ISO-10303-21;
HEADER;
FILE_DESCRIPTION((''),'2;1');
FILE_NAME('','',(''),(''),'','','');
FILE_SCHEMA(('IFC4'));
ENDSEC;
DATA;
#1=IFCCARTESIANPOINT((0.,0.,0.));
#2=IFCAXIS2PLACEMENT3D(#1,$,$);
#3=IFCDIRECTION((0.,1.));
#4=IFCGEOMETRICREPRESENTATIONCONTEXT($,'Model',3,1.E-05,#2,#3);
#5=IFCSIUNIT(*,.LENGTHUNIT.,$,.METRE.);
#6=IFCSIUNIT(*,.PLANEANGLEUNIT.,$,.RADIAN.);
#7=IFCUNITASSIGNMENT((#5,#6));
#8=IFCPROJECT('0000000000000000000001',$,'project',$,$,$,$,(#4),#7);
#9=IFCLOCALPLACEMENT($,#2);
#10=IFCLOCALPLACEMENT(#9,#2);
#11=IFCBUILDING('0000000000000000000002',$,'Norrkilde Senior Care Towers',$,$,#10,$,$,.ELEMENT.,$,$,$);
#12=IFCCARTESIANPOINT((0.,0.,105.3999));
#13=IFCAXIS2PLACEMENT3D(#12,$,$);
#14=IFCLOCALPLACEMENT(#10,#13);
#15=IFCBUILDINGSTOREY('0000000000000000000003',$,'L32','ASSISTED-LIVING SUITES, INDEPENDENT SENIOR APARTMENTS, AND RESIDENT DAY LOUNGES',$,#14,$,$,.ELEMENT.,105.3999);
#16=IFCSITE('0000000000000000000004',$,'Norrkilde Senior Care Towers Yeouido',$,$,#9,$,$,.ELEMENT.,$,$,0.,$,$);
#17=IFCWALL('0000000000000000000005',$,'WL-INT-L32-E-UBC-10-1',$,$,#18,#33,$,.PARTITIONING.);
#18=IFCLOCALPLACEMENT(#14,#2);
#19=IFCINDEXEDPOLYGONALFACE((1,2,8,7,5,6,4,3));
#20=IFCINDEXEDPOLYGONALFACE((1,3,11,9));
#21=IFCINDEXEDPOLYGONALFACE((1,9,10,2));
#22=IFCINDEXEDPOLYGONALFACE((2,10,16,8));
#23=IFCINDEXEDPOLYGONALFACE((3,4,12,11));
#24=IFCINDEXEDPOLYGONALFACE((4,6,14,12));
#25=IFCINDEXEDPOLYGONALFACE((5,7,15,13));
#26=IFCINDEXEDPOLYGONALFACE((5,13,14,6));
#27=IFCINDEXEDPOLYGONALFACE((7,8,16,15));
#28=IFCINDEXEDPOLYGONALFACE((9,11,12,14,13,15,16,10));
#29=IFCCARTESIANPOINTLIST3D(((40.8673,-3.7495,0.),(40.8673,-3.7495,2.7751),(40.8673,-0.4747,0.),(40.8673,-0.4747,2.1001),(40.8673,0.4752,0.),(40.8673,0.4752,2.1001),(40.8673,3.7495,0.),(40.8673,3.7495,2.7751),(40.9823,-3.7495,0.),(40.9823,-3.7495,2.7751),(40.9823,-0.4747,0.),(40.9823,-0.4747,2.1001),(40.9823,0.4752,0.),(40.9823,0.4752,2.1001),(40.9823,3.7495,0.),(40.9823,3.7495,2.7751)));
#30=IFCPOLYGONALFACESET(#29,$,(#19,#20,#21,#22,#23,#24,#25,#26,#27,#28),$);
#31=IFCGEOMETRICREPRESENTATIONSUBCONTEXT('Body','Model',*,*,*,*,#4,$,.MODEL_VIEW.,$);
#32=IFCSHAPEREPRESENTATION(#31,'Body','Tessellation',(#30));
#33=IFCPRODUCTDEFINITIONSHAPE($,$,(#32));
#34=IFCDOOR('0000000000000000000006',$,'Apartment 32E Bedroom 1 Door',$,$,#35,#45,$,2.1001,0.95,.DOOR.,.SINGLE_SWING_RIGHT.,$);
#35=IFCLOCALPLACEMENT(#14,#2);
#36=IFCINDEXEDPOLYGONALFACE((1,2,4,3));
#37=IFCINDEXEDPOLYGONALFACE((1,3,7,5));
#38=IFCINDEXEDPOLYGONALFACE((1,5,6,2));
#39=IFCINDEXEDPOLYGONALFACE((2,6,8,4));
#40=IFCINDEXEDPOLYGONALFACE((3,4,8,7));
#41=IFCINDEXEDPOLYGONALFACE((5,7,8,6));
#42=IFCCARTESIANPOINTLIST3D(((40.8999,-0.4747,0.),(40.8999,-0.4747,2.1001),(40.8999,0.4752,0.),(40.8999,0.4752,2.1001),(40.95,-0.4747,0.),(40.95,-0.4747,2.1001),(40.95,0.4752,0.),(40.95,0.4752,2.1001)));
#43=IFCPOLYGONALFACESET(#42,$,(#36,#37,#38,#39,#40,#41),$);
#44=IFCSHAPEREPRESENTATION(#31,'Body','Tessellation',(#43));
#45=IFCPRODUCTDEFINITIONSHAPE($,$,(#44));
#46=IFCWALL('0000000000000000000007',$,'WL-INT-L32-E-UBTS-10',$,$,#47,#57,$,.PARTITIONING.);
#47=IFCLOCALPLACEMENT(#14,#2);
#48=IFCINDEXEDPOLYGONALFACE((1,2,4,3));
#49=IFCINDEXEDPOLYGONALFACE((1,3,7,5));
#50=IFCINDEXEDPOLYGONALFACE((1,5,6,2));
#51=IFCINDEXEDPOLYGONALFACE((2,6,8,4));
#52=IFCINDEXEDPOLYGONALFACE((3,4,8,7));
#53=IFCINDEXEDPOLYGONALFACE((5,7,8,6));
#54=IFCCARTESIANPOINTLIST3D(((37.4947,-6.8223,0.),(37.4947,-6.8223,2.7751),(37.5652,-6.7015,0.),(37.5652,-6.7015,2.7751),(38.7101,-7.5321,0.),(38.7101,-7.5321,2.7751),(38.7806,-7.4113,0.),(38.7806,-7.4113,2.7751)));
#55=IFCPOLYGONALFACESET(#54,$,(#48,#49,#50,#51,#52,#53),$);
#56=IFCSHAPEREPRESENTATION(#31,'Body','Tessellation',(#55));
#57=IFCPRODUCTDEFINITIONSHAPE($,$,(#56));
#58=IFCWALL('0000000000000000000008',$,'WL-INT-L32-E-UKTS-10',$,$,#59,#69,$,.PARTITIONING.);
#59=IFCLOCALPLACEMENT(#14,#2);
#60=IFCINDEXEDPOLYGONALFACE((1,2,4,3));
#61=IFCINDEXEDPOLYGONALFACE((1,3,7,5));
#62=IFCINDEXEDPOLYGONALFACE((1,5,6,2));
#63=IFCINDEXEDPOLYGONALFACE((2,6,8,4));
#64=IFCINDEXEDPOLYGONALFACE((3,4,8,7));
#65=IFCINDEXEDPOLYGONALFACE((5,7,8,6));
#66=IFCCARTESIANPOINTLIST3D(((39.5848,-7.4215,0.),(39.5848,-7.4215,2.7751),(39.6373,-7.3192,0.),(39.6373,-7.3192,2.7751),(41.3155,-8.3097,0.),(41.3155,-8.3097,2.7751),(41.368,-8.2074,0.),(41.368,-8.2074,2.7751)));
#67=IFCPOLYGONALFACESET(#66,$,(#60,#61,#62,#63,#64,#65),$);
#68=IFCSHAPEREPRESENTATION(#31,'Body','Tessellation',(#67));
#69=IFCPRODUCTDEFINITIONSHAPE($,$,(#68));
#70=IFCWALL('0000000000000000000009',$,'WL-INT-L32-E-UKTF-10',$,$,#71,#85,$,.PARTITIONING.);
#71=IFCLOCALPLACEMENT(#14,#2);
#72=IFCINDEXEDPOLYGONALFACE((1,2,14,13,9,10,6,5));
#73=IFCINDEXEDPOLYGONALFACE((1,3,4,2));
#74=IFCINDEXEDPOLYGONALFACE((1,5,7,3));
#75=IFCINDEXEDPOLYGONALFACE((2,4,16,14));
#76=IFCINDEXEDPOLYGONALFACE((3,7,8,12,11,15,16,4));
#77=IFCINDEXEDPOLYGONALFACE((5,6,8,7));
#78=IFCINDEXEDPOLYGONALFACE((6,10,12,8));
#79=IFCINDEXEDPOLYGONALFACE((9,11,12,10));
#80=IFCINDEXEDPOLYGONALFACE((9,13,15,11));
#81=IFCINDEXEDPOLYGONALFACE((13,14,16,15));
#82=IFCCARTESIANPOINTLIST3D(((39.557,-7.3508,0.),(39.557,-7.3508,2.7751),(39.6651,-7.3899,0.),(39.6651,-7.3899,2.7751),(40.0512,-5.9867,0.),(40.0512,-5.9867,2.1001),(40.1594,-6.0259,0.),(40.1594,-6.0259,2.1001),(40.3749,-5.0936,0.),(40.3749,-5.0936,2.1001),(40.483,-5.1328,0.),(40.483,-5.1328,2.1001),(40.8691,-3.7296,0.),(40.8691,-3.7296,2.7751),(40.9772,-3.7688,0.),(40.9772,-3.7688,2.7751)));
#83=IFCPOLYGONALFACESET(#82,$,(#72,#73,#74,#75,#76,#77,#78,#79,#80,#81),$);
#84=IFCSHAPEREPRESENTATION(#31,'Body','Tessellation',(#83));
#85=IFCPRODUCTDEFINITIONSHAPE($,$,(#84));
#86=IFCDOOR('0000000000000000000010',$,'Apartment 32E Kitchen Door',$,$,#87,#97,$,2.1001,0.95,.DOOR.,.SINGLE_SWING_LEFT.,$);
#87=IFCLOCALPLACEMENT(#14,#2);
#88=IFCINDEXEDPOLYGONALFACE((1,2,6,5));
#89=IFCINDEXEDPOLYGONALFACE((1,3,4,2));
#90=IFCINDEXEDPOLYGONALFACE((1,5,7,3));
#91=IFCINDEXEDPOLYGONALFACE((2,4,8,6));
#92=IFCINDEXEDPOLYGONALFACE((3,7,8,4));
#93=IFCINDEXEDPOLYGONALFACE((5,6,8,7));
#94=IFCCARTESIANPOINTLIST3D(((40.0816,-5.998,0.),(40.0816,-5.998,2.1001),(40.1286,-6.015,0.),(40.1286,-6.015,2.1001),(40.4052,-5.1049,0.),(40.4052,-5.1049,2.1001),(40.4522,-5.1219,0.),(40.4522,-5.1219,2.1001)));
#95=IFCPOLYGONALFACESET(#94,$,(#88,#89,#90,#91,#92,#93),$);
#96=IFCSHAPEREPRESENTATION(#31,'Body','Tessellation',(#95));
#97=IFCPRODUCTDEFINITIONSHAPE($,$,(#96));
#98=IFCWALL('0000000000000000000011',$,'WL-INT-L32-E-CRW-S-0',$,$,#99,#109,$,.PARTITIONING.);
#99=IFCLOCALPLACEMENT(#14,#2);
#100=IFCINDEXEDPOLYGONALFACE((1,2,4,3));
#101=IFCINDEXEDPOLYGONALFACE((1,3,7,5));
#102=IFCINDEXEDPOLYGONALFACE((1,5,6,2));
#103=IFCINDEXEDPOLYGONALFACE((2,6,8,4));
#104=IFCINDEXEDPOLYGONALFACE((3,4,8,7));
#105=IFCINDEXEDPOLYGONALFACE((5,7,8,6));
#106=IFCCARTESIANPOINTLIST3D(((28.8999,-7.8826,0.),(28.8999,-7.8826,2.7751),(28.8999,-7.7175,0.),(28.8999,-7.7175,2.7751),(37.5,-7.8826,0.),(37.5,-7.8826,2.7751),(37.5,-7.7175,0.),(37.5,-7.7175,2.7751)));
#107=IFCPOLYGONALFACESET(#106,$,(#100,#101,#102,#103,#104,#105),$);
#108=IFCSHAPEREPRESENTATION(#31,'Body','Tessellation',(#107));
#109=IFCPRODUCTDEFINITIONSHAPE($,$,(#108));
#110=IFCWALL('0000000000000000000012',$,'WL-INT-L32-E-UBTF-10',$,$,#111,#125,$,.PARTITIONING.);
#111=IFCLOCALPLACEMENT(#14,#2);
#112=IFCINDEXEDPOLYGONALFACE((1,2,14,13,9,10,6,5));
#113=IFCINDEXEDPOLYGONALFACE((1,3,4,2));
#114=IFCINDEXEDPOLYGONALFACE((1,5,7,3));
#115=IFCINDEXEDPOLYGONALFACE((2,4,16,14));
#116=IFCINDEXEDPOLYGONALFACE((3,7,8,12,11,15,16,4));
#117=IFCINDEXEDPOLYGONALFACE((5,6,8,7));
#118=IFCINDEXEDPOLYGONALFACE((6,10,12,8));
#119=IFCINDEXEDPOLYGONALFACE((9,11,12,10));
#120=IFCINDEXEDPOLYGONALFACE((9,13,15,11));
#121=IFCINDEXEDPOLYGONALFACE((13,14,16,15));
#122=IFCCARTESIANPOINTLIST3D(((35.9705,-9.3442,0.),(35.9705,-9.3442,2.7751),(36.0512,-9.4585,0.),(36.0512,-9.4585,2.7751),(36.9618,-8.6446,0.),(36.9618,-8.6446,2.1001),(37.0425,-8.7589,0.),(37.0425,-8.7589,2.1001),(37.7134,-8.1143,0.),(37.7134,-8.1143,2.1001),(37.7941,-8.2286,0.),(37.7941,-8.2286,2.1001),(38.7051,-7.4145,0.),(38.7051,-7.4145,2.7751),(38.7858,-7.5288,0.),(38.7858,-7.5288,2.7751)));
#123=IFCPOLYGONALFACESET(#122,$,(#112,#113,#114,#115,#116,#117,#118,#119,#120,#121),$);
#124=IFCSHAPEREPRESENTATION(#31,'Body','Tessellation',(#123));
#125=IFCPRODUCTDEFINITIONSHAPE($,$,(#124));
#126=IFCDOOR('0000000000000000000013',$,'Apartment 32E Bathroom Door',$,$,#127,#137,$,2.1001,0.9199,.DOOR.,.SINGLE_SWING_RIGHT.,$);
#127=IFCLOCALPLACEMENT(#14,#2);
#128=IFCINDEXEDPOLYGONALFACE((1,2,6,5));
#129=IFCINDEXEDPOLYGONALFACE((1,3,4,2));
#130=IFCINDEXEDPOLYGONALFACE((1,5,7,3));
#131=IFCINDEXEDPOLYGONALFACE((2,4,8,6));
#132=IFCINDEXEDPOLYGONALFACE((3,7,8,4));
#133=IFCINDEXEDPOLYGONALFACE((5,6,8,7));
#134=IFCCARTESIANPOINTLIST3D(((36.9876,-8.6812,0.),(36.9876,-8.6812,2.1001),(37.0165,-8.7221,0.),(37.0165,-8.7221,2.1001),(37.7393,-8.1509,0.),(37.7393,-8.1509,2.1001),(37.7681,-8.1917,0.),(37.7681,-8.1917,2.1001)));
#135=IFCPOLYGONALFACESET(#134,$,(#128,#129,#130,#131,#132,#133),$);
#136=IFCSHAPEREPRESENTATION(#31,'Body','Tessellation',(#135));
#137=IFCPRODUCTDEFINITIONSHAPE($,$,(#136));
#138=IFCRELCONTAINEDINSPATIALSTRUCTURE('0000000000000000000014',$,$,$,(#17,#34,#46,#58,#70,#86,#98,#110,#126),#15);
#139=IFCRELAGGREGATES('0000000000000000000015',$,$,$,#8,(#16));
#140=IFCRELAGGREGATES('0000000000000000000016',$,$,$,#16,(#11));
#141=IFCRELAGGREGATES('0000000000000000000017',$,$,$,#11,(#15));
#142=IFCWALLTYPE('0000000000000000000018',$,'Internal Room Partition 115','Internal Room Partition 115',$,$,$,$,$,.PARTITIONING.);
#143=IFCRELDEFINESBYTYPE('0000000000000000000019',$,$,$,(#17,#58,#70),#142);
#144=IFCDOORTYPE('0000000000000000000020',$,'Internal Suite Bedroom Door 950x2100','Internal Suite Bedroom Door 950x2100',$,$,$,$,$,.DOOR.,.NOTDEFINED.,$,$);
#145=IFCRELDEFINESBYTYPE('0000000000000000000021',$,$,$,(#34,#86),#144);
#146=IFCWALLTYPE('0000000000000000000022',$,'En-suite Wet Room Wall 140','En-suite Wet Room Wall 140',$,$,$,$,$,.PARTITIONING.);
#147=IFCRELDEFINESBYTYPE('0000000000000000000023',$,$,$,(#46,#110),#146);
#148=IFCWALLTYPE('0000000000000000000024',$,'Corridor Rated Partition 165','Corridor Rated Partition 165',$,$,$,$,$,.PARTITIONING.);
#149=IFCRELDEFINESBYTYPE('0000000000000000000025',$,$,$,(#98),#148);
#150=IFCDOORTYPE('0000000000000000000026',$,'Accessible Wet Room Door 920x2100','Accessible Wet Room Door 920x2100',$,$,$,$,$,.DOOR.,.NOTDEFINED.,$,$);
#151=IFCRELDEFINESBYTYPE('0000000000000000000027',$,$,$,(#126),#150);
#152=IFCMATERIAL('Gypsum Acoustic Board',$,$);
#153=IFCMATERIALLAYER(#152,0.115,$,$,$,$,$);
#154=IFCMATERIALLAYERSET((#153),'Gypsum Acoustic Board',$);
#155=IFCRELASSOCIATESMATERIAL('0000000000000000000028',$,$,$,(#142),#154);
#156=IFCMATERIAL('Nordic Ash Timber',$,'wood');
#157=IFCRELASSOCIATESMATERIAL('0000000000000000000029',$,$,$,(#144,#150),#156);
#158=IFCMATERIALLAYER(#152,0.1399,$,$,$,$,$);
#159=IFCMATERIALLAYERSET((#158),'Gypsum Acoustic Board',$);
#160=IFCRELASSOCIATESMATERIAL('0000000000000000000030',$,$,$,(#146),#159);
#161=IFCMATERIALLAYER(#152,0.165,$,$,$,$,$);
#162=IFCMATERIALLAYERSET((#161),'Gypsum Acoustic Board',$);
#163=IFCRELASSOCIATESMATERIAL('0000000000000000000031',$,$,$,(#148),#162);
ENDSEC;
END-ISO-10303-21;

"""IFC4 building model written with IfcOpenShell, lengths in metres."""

from ifc_helpers import new_model, si_unit, direction, frame, frame_2d, origin, place, context, subcontext, project, spatial, rectangle, extrude, source, transform, mapped, material, layer, layer_set, type_object, type_shapes, element, fill, save


model = new_model("IFC4")

# Units and contexts
model_context = context("Model", 3, precision=1e-05, world=origin(), true_north=direction((0.0, 1.0)))
body_context = subcontext(model_context, "Body", "Model", "MODEL_VIEW")
ifc_project = project(units=[si_unit("LENGTHUNIT", "METRE"), si_unit("PLANEANGLEUNIT", "RADIAN")], contexts=[model_context])

# Site, building, storey
site_placement = place(None, origin())
site = spatial("IfcSite", under=ifc_project, at=site_placement, Name="Norrkilde Senior Care Towers Yeouido", CompositionType="ELEMENT", RefElevation=0.0)
building_placement = place(site_placement, origin())
building = spatial("IfcBuilding", under=site, at=building_placement, Name="Norrkilde Senior Care Towers", CompositionType="ELEMENT")
storey_placement = place(building_placement, frame((0.0, 0.0, 105.3999)))
storey = spatial("IfcBuildingStorey", under=building, at=storey_placement, Name="L32", Description="ASSISTED-LIVING SUITES, INDEPENDENT SENIOR APARTMENTS, AND RESIDENT DAY LOUNGES", CompositionType="ELEMENT", Elevation=105.3999)

# Wall, opening, door
ifc_material_1 = material(Name="Gypsum Acoustic Board")
ifc_layer_1 = layer(ifc_material_1, 0.115)
ifc_layer_set_1 = layer_set([ifc_layer_1], Name="Gypsum Acoustic Board")
wall_type_1 = type_object("IfcWallType", Name="Internal Room Partition 115", Description="Internal Room Partition 115", PredefinedType="PARTITIONING", material=ifc_layer_set_1)
shared_shape_1 = source(origin(), body_context, "Body", "SweptSolid", [
    extrude(rectangle(XDim=7.499, YDim=0.115, at=frame_2d((3.7495, 0.0))), origin(), (0.0, 0.0, 1.0), 2.7751),
])
wall_1_placement = place(storey_placement, frame((40.9248, -3.7495, 0.0), z_axis=(0.0, 0.0, 1.0), x_axis=(0.0, 1.0, 0.0)))
wall_1 = element("IfcWall", 1, at=wall_1_placement, inside=storey, type_object=wall_type_1, Name="WL-INT-L32-E-UBC-10-1", PredefinedType="PARTITIONING", context=body_context, shape_type="MappedRepresentation", body=[
    mapped(shared_shape_1, transform((0.0, 0.0, 0.0), x_axis=(1.0, 0.0, 0.0), y_axis=(0.0, 1.0, 0.0), z_axis=(0.0, 0.0, 1.0), scale=1.0)),
])
opening_1_placement = place(wall_1_placement, frame((3.2747, 0.0, 0.0)))
opening_1 = element("IfcOpeningElement", 2, at=opening_1_placement, cuts=wall_1, PredefinedType="OPENING", context=body_context, shape_type="SweptSolid", body=[
    extrude(rectangle(XDim=0.95, YDim=2.1001, at=frame_2d((0.4751, 1.05))), frame((0.0, 0.0674, 0.0), z_axis=(0.0, -1.0, 0.0), x_axis=(1.0, 0.0, 0.0)), (0.0, 0.0, 1.0), 0.135),
])
ifc_material_2 = material(Name="Nordic Ash Timber", Category="wood")
door_type_1 = type_object("IfcDoorType", Name="Internal Suite Bedroom Door 950x2100", Description="Internal Suite Bedroom Door 950x2100", OperationType="NOTDEFINED", PredefinedType="DOOR", material=ifc_material_2)
shared_shape_2 = source(origin(), body_context, "Body", "SweptSolid", [
    extrude(rectangle(XDim=0.95, YDim=2.1001, at=frame_2d((0.4751, 1.05))), frame((0.0, 0.0249, 0.0), z_axis=(0.0, -1.0, 0.0), x_axis=(1.0, 0.0, 0.0)), (0.0, 0.0, 1.0), 0.05),
])
type_shapes(door_type_1, [shared_shape_2])
door_1_placement = place(opening_1_placement, origin())
door_1 = element("IfcDoor", 3, at=door_1_placement, inside=storey, type_object=door_type_1, Name="Apartment 32E Bedroom 1 Door", OperationType="SINGLE_SWING_RIGHT", OverallHeight=2.1001, OverallWidth=0.95, PredefinedType="DOOR", context=body_context, shape_type="MappedRepresentation", body=[
    mapped(shared_shape_2, transform((0.0, 0.0, 0.0), x_axis=(1.0, 0.0, 0.0), y_axis=(0.0, 1.0, 0.0), z_axis=(0.0, 0.0, 1.0), scale=1.0)),
])
fill(opening_1, door_1)

# Walls
ifc_layer_2 = layer(ifc_material_1, 0.1399)
ifc_layer_set_2 = layer_set([ifc_layer_2], Name="Gypsum Acoustic Board")
wall_type_2 = type_object("IfcWallType", Name="En-suite Wet Room Wall 140", Description="En-suite Wet Room Wall 140", PredefinedType="PARTITIONING", material=ifc_layer_set_2)
shared_shape_3 = source(origin(), body_context, "Body", "SweptSolid", [
    extrude(rectangle(XDim=1.4075, YDim=0.1399, at=frame_2d((0.7036, 0.0))), origin(), (0.0, 0.0, 1.0), 2.7751),
])
wall_2_placement = place(storey_placement, frame((37.53, -6.762, 0.0), z_axis=(0.0, 0.0, 1.0), x_axis=(0.86354, -0.504281, 0.0)))
element("IfcWall", 4, at=wall_2_placement, inside=storey, type_object=wall_type_2, Name="WL-INT-L32-E-UBTS-10", PredefinedType="PARTITIONING", context=body_context, shape_type="MappedRepresentation", body=[
    mapped(shared_shape_3, transform((0.0, 0.0, 0.0), x_axis=(1.0, 0.0, 0.0), y_axis=(0.0, 1.0, 0.0), z_axis=(0.0, 0.0, 1.0), scale=1.0)),
])
shared_shape_4 = source(origin(), body_context, "Body", "SweptSolid", [
    extrude(rectangle(XDim=1.9453, YDim=0.115, at=frame_2d((0.9727, 0.0))), origin(), (0.0, 0.0, 1.0), 2.7751),
])
wall_3_placement = place(storey_placement, frame((39.6111, -7.3704, 0.0), z_axis=(0.0, 0.0, 1.0), x_axis=(0.889684, -0.456577, 0.0)))
element("IfcWall", 5, at=wall_3_placement, inside=storey, type_object=wall_type_1, Name="WL-INT-L32-E-UKTS-10", PredefinedType="PARTITIONING", context=body_context, shape_type="MappedRepresentation", body=[
    mapped(shared_shape_4, transform((0.0, 0.0, 0.0), x_axis=(1.0, 0.0, 0.0), y_axis=(0.0, 1.0, 0.0), z_axis=(0.0, 0.0, 1.0), scale=1.0)),
])

# Wall, opening, door
shared_shape_5 = source(origin(), body_context, "Body", "SweptSolid", [
    extrude(rectangle(XDim=3.8516, YDim=0.115, at=frame_2d((1.9258, 0.0))), origin(), (0.0, 0.0, 1.0), 2.7751),
])
type_shapes(wall_type_1, [shared_shape_1, shared_shape_4, shared_shape_5])
wall_4_placement = place(storey_placement, frame((39.6111, -7.3704, 0.0), z_axis=(0.0, 0.0, 1.0), x_axis=(0.340654, 0.940189, 0.0)))
wall_4 = element("IfcWall", 6, at=wall_4_placement, inside=storey, type_object=wall_type_1, Name="WL-INT-L32-E-UKTF-10", PredefinedType="PARTITIONING", context=body_context, shape_type="MappedRepresentation", body=[
    mapped(shared_shape_5, transform((0.0, 0.0, 0.0), x_axis=(1.0, 0.0, 0.0), y_axis=(0.0, 1.0, 0.0), z_axis=(0.0, 0.0, 1.0), scale=1.0)),
])
opening_2_placement = place(wall_4_placement, frame((1.4507, 0.0, 0.0)))
opening_2 = element("IfcOpeningElement", 7, at=opening_2_placement, cuts=wall_4, PredefinedType="OPENING", context=body_context, shape_type="SweptSolid", body=[
    extrude(rectangle(XDim=0.95, YDim=2.1001, at=frame_2d((0.4751, 1.05))), frame((0.0, 0.0674, 0.0), z_axis=(0.0, -1.0, 0.0), x_axis=(1.0, 0.0, 0.0)), (0.0, 0.0, 1.0), 0.135),
])
door_2_placement = place(opening_2_placement, frame((0.95, 0.0, 0.0), z_axis=(0.0, 0.0, 1.0), x_axis=(-1.0, 0.0, 0.0)))
door_2 = element("IfcDoor", 8, at=door_2_placement, inside=storey, type_object=door_type_1, Name="Apartment 32E Kitchen Door", OperationType="SINGLE_SWING_LEFT", OverallHeight=2.1001, OverallWidth=0.95, PredefinedType="DOOR", context=body_context, shape_type="MappedRepresentation", body=[
    mapped(shared_shape_2, transform((0.0, 0.0, 0.0), x_axis=(1.0, 0.0, 0.0), y_axis=(0.0, 1.0, 0.0), z_axis=(0.0, 0.0, 1.0), scale=1.0)),
])
fill(opening_2, door_2)

# Wall
ifc_layer_3 = layer(ifc_material_1, 0.165)
ifc_layer_set_3 = layer_set([ifc_layer_3], Name="Gypsum Acoustic Board")
wall_type_3 = type_object("IfcWallType", Name="Corridor Rated Partition 165", Description="Corridor Rated Partition 165", PredefinedType="PARTITIONING", material=ifc_layer_set_3)
shared_shape_6 = source(origin(), body_context, "Body", "SweptSolid", [
    extrude(rectangle(XDim=8.6001, YDim=0.165, at=frame_2d((4.3, 0.0))), origin(), (0.0, 0.0, 1.0), 2.7751),
])
type_shapes(wall_type_3, [shared_shape_6])
wall_5_placement = place(storey_placement, frame((37.5, -7.8, 0.0), z_axis=(0.0, 0.0, 1.0), x_axis=(-1.0, 0.0, 0.0)))
element("IfcWall", 9, at=wall_5_placement, inside=storey, type_object=wall_type_3, Name="WL-INT-L32-E-CRW-S-0", PredefinedType="PARTITIONING", context=body_context, shape_type="MappedRepresentation", body=[
    mapped(shared_shape_6, transform((0.0, 0.0, 0.0), x_axis=(1.0, 0.0, 0.0), y_axis=(0.0, 1.0, 0.0), z_axis=(0.0, 0.0, 1.0), scale=1.0)),
])

# Wall, opening, door
shared_shape_7 = source(origin(), body_context, "Body", "SweptSolid", [
    extrude(rectangle(XDim=3.3469, YDim=0.1399, at=frame_2d((1.6733, 0.0))), origin(), (0.0, 0.0, 1.0), 2.7751),
])
type_shapes(wall_type_2, [shared_shape_3, shared_shape_7])
wall_6_placement = place(storey_placement, frame((38.7454, -7.4717, 0.0), z_axis=(0.0, 0.0, 1.0), x_axis=(-0.817057, -0.576557, 0.0)))
wall_6 = element("IfcWall", 10, at=wall_6_placement, inside=storey, type_object=wall_type_2, Name="WL-INT-L32-E-UBTF-10", PredefinedType="PARTITIONING", context=body_context, shape_type="MappedRepresentation", body=[
    mapped(shared_shape_7, transform((0.0, 0.0, 0.0), x_axis=(1.0, 0.0, 0.0), y_axis=(0.0, 1.0, 0.0), z_axis=(0.0, 0.0, 1.0), scale=1.0)),
])
opening_3_placement = place(wall_6_placement, frame((1.2136, 0.0, 0.0)))
opening_3 = element("IfcOpeningElement", 11, at=opening_3_placement, cuts=wall_6, PredefinedType="OPENING", context=body_context, shape_type="SweptSolid", body=[
    extrude(rectangle(XDim=0.9199, YDim=2.1001, at=frame_2d((0.46, 1.05))), frame((0.0, 0.0798, 0.0), z_axis=(0.0, -1.0, 0.0), x_axis=(1.0, 0.0, 0.0)), (0.0, 0.0, 1.0), 0.1599),
])
door_type_2 = type_object("IfcDoorType", Name="Accessible Wet Room Door 920x2100", Description="Accessible Wet Room Door 920x2100", OperationType="NOTDEFINED", PredefinedType="DOOR", material=ifc_material_2)
shared_shape_8 = source(origin(), body_context, "Body", "SweptSolid", [
    extrude(rectangle(XDim=0.9199, YDim=2.1001, at=frame_2d((0.46, 1.05))), frame((0.0, 0.0249, 0.0), z_axis=(0.0, -1.0, 0.0), x_axis=(1.0, 0.0, 0.0)), (0.0, 0.0, 1.0), 0.05),
])
type_shapes(door_type_2, [shared_shape_8])
door_3_placement = place(opening_3_placement, origin())
door_3 = element("IfcDoor", 12, at=door_3_placement, inside=storey, type_object=door_type_2, Name="Apartment 32E Bathroom Door", OperationType="SINGLE_SWING_RIGHT", OverallHeight=2.1001, OverallWidth=0.9199, PredefinedType="DOOR", context=body_context, shape_type="MappedRepresentation", body=[
    mapped(shared_shape_8, transform((0.0, 0.0, 0.0), x_axis=(1.0, 0.0, 0.0), y_axis=(0.0, 1.0, 0.0), z_axis=(0.0, 0.0, 1.0), scale=1.0)),
])
fill(opening_3, door_3)

save(model, "model.ifc")
